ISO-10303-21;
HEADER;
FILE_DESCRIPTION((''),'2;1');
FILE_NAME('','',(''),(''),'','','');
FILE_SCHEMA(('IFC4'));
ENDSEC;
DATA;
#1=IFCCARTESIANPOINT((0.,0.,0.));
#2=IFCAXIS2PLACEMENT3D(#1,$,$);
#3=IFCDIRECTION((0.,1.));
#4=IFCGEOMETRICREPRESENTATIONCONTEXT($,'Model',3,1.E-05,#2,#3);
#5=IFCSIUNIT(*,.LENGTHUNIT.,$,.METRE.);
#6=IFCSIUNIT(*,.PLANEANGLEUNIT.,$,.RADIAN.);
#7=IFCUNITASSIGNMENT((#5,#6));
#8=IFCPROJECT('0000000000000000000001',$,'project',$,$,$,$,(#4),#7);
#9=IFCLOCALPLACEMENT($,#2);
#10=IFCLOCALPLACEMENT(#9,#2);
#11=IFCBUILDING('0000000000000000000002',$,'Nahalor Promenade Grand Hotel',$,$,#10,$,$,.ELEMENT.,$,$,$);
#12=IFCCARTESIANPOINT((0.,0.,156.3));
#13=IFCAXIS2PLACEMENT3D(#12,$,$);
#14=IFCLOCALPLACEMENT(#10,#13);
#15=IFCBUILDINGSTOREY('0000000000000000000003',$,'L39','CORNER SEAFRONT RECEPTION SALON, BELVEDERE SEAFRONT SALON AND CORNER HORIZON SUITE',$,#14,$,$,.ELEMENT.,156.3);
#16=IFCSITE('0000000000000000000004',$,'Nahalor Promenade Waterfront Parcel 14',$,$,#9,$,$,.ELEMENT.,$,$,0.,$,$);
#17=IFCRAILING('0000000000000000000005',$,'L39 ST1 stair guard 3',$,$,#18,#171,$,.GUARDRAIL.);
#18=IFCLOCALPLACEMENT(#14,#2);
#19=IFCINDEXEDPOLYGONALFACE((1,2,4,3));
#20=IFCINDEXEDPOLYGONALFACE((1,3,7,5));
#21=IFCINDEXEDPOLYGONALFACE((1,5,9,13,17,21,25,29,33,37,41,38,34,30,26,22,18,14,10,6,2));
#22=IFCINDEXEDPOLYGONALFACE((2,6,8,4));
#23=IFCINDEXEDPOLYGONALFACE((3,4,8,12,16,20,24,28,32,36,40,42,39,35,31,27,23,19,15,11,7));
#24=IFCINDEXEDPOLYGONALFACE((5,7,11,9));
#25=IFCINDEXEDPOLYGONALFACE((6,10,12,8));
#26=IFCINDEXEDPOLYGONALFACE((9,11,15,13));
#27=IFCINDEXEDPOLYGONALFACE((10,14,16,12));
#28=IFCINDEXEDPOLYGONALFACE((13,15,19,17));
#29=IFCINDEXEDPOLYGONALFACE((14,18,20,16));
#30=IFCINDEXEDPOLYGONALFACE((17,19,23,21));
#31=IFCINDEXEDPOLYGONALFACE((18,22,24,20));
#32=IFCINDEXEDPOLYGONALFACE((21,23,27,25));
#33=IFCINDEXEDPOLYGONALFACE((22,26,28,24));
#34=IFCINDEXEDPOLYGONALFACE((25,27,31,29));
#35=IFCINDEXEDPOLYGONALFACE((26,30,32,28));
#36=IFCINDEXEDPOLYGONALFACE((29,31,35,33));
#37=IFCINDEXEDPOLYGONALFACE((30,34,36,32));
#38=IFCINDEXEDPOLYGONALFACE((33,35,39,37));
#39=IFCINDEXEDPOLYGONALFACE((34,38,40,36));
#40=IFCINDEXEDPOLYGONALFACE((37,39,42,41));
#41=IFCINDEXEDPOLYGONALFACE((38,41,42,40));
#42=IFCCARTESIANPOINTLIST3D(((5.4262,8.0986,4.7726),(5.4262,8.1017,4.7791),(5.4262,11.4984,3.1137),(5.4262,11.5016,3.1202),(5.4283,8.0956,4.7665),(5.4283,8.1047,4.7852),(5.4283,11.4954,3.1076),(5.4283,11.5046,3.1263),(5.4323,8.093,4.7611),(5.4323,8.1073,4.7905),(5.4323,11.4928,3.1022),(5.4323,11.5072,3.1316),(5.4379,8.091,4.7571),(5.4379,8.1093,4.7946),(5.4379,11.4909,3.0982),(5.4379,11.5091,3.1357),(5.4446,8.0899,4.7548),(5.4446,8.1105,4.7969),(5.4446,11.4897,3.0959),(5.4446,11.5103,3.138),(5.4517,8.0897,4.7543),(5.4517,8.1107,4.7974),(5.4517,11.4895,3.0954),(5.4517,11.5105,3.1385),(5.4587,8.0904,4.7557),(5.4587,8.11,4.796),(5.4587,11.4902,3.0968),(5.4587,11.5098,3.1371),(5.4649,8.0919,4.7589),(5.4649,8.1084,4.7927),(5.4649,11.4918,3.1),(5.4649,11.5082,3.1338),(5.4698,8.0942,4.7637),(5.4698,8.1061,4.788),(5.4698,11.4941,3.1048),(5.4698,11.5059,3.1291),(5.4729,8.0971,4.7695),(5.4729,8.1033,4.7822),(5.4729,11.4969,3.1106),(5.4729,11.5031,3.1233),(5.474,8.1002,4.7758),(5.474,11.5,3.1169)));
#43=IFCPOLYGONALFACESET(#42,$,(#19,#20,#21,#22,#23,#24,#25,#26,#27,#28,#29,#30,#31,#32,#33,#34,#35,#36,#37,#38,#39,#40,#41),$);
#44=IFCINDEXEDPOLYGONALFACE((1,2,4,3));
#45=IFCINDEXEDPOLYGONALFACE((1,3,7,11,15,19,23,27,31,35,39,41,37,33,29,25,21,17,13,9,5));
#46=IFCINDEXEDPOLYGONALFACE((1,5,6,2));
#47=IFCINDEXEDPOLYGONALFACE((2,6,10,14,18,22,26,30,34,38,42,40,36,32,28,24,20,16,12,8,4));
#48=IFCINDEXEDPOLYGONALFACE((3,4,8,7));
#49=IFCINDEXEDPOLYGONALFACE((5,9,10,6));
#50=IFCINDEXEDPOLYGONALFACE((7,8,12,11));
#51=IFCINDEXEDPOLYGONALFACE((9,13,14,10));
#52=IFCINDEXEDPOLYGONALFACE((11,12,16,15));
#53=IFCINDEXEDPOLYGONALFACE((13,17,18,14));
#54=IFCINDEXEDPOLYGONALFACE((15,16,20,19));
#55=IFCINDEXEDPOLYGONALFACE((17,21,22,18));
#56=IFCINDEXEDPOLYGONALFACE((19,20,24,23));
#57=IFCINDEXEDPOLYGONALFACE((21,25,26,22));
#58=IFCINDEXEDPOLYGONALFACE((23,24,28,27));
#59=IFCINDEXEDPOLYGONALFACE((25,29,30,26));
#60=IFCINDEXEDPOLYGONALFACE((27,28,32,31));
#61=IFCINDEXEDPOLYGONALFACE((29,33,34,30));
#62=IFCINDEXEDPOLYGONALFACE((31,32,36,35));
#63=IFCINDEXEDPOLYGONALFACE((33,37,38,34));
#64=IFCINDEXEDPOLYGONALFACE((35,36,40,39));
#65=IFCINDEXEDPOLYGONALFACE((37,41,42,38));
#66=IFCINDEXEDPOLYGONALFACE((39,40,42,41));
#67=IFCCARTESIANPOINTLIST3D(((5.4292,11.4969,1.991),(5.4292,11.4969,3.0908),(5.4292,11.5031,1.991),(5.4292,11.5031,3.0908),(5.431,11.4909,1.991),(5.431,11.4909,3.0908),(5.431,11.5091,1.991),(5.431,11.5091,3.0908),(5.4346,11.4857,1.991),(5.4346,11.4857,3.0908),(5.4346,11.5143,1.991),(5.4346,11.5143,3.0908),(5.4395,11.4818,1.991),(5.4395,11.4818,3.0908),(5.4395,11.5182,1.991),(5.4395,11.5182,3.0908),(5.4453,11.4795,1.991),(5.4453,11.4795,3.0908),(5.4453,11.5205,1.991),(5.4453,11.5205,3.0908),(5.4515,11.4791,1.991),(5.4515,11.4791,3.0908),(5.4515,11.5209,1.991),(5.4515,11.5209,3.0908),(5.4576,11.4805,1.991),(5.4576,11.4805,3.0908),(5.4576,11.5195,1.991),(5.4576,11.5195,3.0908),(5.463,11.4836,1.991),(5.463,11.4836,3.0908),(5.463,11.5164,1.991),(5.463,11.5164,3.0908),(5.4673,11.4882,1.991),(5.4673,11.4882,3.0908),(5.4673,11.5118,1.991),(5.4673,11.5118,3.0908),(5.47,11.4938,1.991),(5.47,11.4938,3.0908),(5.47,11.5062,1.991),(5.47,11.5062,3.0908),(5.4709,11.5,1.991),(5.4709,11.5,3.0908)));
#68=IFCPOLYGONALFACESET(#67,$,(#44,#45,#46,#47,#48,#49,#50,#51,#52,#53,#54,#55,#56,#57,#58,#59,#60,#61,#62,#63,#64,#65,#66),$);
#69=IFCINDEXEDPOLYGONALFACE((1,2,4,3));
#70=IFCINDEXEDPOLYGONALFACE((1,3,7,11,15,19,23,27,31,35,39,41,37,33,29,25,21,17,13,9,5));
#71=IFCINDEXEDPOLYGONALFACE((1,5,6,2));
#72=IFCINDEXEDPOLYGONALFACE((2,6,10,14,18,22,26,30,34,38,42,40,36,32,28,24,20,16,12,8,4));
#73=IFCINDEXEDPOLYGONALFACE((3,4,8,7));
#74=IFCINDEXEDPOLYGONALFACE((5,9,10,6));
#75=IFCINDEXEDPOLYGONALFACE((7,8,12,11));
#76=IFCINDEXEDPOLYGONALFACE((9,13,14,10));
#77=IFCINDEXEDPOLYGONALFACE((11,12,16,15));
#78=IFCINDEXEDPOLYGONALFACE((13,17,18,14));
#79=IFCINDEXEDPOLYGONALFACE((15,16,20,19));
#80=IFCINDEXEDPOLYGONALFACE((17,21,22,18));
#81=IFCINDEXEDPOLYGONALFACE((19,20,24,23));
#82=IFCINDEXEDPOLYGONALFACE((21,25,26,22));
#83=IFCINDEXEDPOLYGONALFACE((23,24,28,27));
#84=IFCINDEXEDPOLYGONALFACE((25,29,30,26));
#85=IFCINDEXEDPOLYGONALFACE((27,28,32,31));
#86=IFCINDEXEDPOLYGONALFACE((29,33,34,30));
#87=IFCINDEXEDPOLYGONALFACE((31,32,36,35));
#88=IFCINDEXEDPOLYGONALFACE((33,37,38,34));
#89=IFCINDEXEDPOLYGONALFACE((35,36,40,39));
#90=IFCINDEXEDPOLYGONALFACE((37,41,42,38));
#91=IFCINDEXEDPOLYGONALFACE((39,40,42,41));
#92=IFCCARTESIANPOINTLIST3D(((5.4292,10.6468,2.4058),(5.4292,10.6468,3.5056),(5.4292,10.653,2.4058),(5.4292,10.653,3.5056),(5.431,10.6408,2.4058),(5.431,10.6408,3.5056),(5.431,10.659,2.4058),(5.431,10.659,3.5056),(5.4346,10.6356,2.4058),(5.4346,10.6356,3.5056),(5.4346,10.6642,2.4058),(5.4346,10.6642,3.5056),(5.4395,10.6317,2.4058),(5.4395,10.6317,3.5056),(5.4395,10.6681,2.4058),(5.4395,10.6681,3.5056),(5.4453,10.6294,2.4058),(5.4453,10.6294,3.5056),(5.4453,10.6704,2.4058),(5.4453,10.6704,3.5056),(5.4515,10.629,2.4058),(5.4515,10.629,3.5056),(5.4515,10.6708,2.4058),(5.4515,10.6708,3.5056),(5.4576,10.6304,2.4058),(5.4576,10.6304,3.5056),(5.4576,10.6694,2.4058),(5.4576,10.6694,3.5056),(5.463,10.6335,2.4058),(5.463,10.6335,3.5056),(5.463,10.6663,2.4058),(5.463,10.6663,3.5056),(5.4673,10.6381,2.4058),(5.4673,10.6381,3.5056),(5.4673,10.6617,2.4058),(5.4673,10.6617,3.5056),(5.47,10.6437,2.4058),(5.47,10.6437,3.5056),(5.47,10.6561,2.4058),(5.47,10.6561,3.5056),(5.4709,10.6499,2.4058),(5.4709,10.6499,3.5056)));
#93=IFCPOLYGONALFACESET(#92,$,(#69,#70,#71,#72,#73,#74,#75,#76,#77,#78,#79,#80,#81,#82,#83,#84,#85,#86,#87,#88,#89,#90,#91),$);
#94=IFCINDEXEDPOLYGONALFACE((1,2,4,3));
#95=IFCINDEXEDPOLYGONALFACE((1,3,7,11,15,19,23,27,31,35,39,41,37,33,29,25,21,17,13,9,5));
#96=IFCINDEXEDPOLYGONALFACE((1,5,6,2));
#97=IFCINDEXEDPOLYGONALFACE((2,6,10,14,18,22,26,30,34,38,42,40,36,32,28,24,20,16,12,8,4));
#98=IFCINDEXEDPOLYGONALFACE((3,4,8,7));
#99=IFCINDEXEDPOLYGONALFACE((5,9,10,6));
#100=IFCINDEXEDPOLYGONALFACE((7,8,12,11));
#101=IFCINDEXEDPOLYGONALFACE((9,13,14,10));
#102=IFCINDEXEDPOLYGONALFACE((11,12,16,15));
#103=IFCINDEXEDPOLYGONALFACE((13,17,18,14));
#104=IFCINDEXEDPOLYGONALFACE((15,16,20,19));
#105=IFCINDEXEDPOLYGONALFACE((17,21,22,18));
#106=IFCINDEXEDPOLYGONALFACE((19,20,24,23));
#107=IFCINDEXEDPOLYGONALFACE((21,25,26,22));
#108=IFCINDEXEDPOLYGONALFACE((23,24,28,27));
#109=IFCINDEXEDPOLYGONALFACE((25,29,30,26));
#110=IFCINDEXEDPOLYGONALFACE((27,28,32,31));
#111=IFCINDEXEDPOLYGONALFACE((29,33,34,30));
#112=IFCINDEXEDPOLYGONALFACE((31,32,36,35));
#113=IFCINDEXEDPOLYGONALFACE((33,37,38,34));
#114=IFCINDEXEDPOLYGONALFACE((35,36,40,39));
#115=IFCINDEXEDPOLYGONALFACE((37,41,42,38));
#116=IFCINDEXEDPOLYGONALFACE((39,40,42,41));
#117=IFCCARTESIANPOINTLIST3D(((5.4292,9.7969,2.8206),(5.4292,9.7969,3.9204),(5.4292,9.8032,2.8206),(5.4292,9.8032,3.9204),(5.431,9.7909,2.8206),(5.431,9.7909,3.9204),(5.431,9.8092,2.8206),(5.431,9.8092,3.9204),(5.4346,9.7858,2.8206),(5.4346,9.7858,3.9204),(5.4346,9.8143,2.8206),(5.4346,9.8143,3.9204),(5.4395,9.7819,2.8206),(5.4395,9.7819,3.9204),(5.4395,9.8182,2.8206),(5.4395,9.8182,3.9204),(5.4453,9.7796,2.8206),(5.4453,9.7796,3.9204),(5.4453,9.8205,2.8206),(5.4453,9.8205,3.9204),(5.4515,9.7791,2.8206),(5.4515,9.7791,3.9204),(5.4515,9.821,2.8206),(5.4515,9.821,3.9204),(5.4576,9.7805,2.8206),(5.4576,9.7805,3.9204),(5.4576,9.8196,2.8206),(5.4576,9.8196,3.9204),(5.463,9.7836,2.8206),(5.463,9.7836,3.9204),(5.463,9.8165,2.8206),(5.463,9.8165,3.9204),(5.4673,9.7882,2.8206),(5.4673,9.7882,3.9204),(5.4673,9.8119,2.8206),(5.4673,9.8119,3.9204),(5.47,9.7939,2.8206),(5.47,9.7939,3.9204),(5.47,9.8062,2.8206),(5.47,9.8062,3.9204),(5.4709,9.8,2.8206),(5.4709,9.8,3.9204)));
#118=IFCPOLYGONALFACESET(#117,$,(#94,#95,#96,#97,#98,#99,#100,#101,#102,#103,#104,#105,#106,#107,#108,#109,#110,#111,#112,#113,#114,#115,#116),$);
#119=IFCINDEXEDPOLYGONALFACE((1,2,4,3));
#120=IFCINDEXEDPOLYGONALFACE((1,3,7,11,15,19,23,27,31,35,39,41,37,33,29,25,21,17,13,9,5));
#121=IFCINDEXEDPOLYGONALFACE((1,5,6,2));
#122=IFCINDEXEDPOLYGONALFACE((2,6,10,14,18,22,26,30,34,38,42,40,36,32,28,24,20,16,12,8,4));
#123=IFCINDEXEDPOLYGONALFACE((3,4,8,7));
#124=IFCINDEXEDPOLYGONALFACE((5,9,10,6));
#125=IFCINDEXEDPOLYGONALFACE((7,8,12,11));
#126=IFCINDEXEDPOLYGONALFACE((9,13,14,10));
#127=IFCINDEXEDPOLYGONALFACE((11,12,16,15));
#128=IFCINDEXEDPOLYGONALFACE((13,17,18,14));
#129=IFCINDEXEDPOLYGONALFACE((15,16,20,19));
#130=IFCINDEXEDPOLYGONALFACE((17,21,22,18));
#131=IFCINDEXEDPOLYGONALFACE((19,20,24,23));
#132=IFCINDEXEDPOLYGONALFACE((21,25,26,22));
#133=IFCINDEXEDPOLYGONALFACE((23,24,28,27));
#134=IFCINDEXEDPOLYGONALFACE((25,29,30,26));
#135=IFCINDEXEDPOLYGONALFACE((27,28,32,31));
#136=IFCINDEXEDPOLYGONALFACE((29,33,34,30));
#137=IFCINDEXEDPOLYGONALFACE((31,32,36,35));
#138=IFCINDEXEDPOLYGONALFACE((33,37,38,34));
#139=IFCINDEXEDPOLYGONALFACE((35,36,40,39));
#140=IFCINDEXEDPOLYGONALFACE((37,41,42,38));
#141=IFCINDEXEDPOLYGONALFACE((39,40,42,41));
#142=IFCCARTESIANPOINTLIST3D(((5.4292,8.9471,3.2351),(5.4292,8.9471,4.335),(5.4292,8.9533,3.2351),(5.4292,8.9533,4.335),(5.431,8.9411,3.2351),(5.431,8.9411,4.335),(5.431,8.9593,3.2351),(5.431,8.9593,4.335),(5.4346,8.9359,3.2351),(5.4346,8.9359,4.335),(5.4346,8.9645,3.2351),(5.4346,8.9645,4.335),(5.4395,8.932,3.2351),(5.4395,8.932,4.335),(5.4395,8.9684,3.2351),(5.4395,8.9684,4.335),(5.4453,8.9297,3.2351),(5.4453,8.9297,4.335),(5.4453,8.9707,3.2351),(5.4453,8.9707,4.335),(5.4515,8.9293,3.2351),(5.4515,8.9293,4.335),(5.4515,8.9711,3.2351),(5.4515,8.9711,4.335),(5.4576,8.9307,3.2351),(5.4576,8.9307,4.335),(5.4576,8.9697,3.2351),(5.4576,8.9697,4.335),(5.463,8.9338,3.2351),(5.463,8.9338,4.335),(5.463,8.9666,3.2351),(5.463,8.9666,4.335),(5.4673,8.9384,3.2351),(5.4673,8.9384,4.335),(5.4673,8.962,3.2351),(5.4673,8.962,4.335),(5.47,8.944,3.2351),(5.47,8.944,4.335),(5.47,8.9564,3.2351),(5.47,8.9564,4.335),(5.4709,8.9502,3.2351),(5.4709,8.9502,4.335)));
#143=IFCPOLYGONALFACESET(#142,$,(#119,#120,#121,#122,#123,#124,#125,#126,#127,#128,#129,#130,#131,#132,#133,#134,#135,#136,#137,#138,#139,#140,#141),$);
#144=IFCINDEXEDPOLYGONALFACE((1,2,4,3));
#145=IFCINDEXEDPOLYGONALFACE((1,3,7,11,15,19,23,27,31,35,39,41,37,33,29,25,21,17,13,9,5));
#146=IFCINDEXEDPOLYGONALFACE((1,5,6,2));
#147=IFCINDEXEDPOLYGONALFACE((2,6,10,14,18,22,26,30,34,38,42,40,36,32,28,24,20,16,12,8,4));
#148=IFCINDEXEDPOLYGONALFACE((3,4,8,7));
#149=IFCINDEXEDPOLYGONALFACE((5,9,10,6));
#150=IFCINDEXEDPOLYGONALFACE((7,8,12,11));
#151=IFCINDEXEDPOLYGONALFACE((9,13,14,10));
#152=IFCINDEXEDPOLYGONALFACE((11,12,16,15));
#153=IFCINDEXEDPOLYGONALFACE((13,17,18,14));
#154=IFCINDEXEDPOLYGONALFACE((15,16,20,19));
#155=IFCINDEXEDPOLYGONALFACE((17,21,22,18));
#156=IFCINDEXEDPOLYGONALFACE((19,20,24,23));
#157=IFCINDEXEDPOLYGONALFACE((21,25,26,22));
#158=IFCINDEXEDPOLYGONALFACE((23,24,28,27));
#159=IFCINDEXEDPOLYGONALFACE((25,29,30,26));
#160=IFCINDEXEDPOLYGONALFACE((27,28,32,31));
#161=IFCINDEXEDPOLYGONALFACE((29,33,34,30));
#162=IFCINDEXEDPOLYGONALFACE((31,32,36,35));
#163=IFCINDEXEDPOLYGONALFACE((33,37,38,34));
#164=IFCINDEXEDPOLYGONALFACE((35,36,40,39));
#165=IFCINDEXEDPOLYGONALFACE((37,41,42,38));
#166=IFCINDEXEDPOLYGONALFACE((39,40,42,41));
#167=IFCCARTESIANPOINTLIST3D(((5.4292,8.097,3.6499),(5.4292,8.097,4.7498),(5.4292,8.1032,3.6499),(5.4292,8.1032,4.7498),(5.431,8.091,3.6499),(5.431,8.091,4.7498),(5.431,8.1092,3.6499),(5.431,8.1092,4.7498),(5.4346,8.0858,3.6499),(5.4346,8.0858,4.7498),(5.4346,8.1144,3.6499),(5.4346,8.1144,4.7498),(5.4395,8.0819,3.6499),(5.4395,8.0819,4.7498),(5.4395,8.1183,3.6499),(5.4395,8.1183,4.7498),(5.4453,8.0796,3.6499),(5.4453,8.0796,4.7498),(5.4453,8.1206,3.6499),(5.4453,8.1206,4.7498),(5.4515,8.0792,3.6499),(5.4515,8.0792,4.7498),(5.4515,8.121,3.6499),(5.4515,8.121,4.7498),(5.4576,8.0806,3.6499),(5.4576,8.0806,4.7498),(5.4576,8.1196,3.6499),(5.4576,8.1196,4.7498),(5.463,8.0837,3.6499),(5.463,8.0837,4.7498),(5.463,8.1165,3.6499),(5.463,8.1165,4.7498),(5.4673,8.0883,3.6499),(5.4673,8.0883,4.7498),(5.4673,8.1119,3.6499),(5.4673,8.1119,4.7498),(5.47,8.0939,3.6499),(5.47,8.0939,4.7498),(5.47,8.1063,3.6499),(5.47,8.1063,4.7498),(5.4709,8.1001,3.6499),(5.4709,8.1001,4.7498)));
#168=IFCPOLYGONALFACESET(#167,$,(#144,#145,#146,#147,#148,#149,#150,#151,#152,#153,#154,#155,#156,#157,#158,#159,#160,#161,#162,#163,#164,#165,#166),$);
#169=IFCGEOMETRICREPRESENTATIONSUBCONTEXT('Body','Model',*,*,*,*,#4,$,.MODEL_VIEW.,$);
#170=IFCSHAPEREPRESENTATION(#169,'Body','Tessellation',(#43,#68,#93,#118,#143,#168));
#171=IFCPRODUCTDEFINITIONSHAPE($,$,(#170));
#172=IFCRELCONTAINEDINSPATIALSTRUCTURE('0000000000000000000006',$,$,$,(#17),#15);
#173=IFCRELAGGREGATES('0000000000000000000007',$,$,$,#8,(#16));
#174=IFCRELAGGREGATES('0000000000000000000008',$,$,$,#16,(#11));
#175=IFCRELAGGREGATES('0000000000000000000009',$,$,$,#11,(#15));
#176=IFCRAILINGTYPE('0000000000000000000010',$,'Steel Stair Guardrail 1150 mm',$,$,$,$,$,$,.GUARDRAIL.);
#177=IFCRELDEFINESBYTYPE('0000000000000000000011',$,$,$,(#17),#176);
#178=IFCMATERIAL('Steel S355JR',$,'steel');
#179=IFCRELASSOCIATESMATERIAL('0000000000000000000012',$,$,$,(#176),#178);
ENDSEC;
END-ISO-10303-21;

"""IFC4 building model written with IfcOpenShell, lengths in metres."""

from ifc_helpers import new_model, si_unit, direction, frame, origin, origin_2d, place, context, subcontext, project, spatial, circle, extrude, material, type_object, element, save


model = new_model("IFC4")

# Units and contexts
model_context = context("Model", 3, precision=1e-05, world=origin(), true_north=direction((0.0, 1.0)))
body_context = subcontext(model_context, "Body", "Model", "MODEL_VIEW")
ifc_project = project(units=[si_unit("LENGTHUNIT", "METRE"), si_unit("PLANEANGLEUNIT", "RADIAN")], contexts=[model_context])

# Site, building, storey
site_placement = place(None, origin())
site = spatial("IfcSite", under=ifc_project, at=site_placement, Name="Nahalor Promenade Waterfront Parcel 14", CompositionType="ELEMENT", RefElevation=0.0)
building_placement = place(site_placement, origin())
building = spatial("IfcBuilding", under=site, at=building_placement, Name="Nahalor Promenade Grand Hotel", CompositionType="ELEMENT")
storey_placement = place(building_placement, frame((0.0, 0.0, 156.3)))
storey = spatial("IfcBuildingStorey", under=building, at=storey_placement, Name="L39", Description="CORNER SEAFRONT RECEPTION SALON, BELVEDERE SEAFRONT SALON AND CORNER HORIZON SUITE", CompositionType="ELEMENT", Elevation=156.3)

# Shared definitions
ifc_material_1 = material(Name="Steel S355JR", Category="steel")

# Railing
railing_type_1 = type_object("IfcRailingType", Name="Steel Stair Guardrail 1150 mm", PredefinedType="GUARDRAIL", material=ifc_material_1)
railing_1_placement = place(storey_placement, frame((5.45, 11.5, 1.991)))
element("IfcRailing", 1, at=railing_1_placement, inside=storey, type_object=railing_type_1, Name="L39 ST1 stair guard 3", PredefinedType="GUARDRAIL", context=body_context, shape_type="SweptSolid", body=[
    extrude(circle(Radius=0.024, at=origin_2d()), frame((0.0, 0.0, 1.126), z_axis=(0.0, -0.898722, 0.438519), x_axis=(1.0, 0.0, 0.0)), (0.0, 0.0, 1.0), 3.783),
    extrude(circle(Radius=0.021, at=origin_2d()), origin(), (0.0, 0.0, 1.0), 1.0999),
    extrude(circle(Radius=0.021, at=origin_2d()), frame((0.0, -0.8501, 0.4148)), (0.0, 0.0, 1.0), 1.0999),
    extrude(circle(Radius=0.021, at=origin_2d()), frame((0.0, -1.7, 0.8296)), (0.0, 0.0, 1.0), 1.0999),
    extrude(circle(Radius=0.021, at=origin_2d()), frame((0.0, -2.5498, 1.2441)), (0.0, 0.0, 1.0), 1.0999),
    extrude(circle(Radius=0.021, at=origin_2d()), frame((0.0, -3.3999, 1.6589)), (0.0, 0.0, 1.0), 1.0999),
])

save(model, "model.ifc")
